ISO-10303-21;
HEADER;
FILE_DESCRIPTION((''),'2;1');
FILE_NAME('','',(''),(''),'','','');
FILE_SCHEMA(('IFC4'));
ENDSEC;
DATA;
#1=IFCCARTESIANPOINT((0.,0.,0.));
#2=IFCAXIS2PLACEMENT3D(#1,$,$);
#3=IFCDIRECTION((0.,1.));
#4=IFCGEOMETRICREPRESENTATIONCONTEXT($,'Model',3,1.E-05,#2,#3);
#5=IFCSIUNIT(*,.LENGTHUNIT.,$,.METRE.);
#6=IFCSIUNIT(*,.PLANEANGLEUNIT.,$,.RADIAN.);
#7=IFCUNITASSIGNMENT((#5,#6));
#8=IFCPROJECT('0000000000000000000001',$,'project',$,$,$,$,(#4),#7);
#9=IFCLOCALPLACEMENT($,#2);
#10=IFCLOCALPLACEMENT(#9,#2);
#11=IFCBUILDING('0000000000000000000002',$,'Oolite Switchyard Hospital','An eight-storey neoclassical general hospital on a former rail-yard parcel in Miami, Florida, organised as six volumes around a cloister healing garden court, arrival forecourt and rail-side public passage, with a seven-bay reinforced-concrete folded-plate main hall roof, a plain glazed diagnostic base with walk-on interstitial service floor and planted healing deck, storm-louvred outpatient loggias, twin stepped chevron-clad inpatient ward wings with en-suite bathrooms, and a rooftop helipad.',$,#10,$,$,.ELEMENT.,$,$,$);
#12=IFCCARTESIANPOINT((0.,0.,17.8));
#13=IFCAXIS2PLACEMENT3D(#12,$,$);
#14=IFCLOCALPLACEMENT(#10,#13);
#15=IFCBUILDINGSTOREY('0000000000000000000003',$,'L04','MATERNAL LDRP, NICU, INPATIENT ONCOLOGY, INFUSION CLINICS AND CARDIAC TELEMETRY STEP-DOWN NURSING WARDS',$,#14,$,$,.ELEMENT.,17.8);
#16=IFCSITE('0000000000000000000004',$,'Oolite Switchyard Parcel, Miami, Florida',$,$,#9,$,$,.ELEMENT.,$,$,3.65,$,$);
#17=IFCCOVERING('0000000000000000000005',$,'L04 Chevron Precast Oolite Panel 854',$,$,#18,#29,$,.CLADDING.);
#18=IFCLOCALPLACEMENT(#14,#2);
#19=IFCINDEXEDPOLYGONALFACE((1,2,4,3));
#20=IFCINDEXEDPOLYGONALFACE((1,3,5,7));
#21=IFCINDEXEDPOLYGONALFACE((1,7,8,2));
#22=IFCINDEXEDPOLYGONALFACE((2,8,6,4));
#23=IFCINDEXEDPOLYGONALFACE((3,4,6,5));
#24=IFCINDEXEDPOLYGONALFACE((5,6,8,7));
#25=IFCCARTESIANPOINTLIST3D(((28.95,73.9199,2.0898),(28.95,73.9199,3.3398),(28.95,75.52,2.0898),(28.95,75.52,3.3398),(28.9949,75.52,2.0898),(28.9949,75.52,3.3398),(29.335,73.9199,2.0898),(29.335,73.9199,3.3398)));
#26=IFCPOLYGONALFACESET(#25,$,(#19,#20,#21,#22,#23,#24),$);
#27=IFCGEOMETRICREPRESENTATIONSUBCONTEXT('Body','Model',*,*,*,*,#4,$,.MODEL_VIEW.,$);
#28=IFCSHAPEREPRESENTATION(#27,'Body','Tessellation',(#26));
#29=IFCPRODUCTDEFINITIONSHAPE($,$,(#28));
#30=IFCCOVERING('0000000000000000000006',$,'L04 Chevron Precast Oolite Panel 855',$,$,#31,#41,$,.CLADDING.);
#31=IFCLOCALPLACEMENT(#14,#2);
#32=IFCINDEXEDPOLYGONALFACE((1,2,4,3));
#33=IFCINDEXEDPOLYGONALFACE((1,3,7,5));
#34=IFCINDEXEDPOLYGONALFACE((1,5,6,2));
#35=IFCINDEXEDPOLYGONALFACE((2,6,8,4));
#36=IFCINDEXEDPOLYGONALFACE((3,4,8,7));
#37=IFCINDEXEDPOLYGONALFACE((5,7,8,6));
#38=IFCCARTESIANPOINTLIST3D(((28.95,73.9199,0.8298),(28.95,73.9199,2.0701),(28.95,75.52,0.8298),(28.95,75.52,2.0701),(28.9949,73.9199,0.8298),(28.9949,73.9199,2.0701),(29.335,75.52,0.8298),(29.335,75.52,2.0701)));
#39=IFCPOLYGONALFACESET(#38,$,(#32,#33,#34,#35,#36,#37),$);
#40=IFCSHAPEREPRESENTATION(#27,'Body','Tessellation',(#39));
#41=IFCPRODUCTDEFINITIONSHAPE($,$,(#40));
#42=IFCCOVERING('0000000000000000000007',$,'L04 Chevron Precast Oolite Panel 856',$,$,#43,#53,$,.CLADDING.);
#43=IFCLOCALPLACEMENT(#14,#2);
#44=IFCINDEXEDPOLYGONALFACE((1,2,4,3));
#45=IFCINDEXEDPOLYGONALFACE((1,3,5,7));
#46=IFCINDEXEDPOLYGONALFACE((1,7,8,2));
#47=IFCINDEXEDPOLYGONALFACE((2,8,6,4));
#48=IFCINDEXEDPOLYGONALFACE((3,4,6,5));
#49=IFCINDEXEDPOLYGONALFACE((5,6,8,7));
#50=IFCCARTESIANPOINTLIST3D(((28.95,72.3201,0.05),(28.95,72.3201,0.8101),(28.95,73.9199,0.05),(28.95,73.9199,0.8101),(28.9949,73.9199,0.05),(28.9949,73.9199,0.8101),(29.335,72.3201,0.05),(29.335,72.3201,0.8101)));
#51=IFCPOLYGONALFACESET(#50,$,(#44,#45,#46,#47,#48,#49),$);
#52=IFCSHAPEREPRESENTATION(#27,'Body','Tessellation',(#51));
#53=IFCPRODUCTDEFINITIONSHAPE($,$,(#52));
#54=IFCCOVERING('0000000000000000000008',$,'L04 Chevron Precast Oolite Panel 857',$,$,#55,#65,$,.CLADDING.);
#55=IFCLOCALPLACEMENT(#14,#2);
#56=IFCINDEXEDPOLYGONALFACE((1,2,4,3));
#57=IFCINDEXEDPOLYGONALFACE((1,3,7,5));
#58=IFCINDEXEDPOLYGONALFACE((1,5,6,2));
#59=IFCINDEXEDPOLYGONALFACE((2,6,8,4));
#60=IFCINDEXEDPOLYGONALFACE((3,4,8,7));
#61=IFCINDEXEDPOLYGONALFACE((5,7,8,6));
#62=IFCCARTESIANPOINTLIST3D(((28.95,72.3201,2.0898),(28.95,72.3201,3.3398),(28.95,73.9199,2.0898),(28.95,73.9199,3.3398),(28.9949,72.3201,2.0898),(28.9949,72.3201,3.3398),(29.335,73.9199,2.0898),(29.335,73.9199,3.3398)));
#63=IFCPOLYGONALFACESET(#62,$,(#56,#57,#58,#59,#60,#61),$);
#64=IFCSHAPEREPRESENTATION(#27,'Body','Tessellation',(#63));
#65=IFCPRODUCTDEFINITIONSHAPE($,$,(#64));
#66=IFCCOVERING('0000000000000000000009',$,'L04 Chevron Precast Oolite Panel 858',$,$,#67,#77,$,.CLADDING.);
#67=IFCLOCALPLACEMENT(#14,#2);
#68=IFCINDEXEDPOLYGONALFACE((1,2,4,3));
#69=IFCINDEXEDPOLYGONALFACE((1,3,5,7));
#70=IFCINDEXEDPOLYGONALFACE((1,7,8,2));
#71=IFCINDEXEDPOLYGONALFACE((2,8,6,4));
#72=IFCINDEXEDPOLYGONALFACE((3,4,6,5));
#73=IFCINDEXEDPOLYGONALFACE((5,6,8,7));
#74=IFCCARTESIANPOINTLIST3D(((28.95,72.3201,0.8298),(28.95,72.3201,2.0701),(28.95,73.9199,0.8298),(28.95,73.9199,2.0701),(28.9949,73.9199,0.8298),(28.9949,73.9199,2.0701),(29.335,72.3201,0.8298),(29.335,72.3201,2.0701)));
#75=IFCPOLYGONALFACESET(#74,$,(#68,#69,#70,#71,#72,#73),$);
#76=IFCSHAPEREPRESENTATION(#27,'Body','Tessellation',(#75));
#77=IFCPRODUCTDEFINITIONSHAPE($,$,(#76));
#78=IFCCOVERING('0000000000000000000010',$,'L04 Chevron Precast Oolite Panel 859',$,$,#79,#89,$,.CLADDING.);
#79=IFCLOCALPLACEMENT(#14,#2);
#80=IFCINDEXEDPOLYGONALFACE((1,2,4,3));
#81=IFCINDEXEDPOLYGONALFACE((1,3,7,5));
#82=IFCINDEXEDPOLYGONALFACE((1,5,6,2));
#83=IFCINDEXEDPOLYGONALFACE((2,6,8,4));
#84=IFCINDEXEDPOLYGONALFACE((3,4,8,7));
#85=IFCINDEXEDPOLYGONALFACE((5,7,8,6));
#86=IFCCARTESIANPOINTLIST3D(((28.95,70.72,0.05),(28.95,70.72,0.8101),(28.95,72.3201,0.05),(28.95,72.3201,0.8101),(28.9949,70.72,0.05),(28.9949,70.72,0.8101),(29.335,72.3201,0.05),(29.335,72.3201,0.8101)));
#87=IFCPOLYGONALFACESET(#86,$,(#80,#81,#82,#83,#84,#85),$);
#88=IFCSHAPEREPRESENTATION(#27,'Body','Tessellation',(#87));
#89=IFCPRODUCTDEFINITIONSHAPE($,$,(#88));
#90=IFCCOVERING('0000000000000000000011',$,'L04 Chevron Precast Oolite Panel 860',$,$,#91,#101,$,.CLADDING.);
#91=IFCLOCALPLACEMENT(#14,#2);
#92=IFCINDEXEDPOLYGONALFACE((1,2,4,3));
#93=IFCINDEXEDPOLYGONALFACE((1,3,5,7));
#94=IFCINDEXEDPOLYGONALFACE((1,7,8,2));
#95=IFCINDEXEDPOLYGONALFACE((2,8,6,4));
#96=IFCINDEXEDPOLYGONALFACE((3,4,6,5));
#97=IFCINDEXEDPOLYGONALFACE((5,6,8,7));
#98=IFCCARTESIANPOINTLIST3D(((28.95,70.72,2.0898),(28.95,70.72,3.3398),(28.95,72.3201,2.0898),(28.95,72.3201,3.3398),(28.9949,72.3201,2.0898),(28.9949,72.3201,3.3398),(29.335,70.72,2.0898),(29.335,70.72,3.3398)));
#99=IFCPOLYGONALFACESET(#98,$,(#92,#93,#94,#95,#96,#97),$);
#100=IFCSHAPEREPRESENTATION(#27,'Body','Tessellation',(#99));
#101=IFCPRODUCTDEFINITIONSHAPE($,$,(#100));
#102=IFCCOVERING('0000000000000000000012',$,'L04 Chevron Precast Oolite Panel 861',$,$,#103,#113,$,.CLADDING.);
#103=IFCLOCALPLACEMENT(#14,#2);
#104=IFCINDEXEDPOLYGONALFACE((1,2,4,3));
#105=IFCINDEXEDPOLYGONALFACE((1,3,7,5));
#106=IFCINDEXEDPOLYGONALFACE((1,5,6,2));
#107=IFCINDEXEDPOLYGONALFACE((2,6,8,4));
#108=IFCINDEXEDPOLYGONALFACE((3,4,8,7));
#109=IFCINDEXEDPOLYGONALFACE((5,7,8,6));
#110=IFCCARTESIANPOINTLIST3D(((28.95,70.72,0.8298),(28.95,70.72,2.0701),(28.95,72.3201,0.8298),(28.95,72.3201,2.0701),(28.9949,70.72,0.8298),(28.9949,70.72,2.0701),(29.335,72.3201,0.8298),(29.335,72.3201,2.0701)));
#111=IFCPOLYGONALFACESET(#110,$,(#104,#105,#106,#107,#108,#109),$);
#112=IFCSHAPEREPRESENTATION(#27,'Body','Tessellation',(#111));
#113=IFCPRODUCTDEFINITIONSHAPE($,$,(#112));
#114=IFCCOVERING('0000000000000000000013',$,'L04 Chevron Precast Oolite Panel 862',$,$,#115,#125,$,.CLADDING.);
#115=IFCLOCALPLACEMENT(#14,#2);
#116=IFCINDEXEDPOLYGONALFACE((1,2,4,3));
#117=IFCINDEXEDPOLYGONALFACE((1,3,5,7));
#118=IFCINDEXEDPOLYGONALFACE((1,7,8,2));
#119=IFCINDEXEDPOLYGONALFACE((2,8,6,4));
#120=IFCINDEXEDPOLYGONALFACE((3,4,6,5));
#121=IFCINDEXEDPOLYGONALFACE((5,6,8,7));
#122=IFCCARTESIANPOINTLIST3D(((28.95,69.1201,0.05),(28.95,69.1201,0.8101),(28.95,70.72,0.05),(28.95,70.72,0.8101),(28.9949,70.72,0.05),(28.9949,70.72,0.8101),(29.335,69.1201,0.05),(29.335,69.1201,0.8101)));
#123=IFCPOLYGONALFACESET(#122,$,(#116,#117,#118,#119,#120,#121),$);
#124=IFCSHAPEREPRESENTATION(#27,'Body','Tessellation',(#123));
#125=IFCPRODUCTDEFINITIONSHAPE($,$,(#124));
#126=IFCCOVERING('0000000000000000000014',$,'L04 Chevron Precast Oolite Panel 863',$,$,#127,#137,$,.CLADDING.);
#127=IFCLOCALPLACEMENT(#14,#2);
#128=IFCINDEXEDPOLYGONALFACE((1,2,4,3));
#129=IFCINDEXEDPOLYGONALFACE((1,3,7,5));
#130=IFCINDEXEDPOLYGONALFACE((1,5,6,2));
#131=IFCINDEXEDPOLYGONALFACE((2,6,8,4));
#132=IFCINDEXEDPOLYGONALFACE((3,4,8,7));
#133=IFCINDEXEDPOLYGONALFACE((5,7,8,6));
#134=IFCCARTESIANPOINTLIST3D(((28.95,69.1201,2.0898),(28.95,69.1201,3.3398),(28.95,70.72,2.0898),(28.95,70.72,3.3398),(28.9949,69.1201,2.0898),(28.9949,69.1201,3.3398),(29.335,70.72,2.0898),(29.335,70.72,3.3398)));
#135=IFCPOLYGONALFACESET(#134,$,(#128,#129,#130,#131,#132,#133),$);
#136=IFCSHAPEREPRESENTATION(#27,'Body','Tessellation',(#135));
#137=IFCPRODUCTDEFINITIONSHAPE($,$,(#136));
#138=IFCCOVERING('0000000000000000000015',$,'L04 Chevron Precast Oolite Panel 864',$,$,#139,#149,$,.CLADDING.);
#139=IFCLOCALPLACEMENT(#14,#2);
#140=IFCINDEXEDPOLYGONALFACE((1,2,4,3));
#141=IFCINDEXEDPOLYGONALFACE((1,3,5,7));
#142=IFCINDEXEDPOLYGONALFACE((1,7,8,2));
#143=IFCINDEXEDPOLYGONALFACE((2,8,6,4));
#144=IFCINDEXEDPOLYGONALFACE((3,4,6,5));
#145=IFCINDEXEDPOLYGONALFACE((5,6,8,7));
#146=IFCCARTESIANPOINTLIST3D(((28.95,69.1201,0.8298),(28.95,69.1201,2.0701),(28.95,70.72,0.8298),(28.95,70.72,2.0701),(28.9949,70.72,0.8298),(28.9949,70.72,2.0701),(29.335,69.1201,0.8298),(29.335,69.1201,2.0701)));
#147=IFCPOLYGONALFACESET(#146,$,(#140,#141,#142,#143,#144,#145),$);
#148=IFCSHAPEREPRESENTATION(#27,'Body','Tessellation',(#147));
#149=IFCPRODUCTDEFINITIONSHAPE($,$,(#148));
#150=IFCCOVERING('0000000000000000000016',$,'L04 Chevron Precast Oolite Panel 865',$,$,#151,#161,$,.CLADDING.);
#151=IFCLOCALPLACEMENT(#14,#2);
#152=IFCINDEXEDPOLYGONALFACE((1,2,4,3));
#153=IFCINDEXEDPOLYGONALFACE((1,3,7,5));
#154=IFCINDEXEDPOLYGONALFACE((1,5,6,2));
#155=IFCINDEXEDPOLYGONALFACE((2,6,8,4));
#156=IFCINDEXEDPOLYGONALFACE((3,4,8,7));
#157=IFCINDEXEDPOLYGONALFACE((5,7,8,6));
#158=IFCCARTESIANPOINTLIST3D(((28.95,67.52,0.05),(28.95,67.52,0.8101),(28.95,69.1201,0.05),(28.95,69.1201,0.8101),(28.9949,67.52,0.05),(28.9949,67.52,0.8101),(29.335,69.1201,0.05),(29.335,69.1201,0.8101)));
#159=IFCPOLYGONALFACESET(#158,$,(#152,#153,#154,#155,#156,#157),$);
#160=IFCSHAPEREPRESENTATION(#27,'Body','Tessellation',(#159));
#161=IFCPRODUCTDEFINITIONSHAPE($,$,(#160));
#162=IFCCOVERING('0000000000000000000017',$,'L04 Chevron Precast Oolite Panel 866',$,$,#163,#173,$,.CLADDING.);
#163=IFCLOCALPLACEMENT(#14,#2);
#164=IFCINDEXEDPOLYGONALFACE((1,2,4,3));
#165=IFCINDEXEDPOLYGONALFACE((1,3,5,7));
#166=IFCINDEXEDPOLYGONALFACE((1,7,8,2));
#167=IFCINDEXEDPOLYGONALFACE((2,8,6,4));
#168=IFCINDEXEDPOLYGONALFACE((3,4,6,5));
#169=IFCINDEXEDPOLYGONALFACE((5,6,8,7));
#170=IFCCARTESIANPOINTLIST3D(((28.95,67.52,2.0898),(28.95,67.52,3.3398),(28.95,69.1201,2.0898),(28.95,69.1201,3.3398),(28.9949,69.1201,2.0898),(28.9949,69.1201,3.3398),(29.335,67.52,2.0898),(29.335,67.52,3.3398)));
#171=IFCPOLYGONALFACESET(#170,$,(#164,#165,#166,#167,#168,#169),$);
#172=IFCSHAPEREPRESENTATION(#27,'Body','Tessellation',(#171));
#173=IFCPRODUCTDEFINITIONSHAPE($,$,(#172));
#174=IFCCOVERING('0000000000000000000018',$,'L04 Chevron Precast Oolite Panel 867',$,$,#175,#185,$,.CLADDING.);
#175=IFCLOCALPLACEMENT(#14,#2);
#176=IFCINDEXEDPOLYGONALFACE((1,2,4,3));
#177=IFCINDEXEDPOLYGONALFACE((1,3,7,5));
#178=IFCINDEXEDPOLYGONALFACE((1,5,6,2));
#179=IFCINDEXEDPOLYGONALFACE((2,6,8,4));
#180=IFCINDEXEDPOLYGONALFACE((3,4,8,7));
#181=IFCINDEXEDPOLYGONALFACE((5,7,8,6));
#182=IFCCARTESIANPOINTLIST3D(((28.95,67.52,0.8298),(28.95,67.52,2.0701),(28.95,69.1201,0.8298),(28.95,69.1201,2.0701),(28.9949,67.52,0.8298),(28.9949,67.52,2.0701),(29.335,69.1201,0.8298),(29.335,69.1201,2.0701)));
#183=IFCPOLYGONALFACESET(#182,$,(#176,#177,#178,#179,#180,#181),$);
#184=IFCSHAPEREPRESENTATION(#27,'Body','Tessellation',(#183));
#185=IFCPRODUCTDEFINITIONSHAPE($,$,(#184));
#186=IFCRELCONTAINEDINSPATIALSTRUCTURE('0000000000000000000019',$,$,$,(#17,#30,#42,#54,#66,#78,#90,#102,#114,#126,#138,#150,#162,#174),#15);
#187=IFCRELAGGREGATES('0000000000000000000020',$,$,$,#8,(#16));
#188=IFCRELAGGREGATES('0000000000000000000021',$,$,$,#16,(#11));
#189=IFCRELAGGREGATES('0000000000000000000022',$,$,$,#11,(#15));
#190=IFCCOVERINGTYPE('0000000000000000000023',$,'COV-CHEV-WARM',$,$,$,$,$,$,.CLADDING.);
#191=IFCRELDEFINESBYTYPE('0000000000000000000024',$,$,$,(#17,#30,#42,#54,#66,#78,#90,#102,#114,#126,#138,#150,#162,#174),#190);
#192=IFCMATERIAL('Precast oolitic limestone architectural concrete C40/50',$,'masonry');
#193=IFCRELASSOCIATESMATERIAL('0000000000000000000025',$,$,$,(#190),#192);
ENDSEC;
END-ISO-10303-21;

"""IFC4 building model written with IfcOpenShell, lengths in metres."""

from ifc_helpers import new_model, si_unit, direction, frame, origin, place, context, subcontext, project, spatial, polyline, outline, extrude, material, type_object, element, save


model = new_model("IFC4")

# Units and contexts
model_context = context("Model", 3, precision=1e-05, world=origin(), true_north=direction((0.0, 1.0)))
body_context = subcontext(model_context, "Body", "Model", "MODEL_VIEW")
ifc_project = project(units=[si_unit("LENGTHUNIT", "METRE"), si_unit("PLANEANGLEUNIT", "RADIAN")], contexts=[model_context])

# Site, building, storey
site_placement = place(None, origin())
site = spatial("IfcSite", under=ifc_project, at=site_placement, Name="Oolite Switchyard Parcel, Miami, Florida", CompositionType="ELEMENT", RefElevation=3.65)
building_placement = place(site_placement, origin())
building = spatial("IfcBuilding", under=site, at=building_placement, Name="Oolite Switchyard Hospital", Description="An eight-storey neoclassical general hospital on a former rail-yard parcel in Miami, Florida, organised as six volumes around a cloister healing garden court, arrival forecourt and rail-side public passage, with a seven-bay reinforced-concrete folded-plate main hall roof, a plain glazed diagnostic base with walk-on interstitial service floor and planted healing deck, storm-louvred outpatient loggias, twin stepped chevron-clad inpatient ward wings with en-suite bathrooms, and a rooftop helipad.", CompositionType="ELEMENT")
storey_placement = place(building_placement, frame((0.0, 0.0, 17.8)))
storey = spatial("IfcBuildingStorey", under=building, at=storey_placement, Name="L04", Description="MATERNAL LDRP, NICU, INPATIENT ONCOLOGY, INFUSION CLINICS AND CARDIAC TELEMETRY STEP-DOWN NURSING WARDS", CompositionType="ELEMENT", Elevation=17.8)

# Shared definitions
ifc_material_1 = material(Name="Precast oolitic limestone architectural concrete C40/50", Category="masonry")

# Coverings
covering_type = type_object("IfcCoveringType", Name="COV-CHEV-WARM", PredefinedType="CLADDING", material=ifc_material_1)
covering_1_placement = place(storey_placement, frame((28.95, 75.52, 2.0898), z_axis=(0.0, 0.0, 1.0), x_axis=(0.0, -1.0, 0.0)))
element("IfcCovering", 1, at=covering_1_placement, inside=storey, type_object=covering_type, Name="L04 Chevron Precast Oolite Panel 854", PredefinedType="CLADDING", context=body_context, shape_type="SweptSolid", body=[
    extrude(outline(polyline([(0.0, 0.0), (1.6001, 0.0), (1.6001, 0.385), (0.0, 0.0449), (0.0, 0.0)])), origin(), (0.0, 0.0, 1.0), 1.25),
])
covering_2_placement = place(storey_placement, frame((28.95, 75.52, 0.8298), z_axis=(0.0, 0.0, 1.0), x_axis=(0.0, -1.0, 0.0)))
element("IfcCovering", 2, at=covering_2_placement, inside=storey, type_object=covering_type, Name="L04 Chevron Precast Oolite Panel 855", PredefinedType="CLADDING", context=body_context, shape_type="SweptSolid", body=[
    extrude(outline(polyline([(0.0, 0.0), (1.6001, 0.0), (1.6001, 0.0449), (0.0, 0.385), (0.0, 0.0)])), origin(), (0.0, 0.0, 1.0), 1.2402),
])
covering_3_placement = place(storey_placement, frame((28.95, 73.9199, 0.05), z_axis=(0.0, 0.0, 1.0), x_axis=(0.0, -1.0, 0.0)))
element("IfcCovering", 3, at=covering_3_placement, inside=storey, type_object=covering_type, Name="L04 Chevron Precast Oolite Panel 856", PredefinedType="CLADDING", context=body_context, shape_type="SweptSolid", body=[
    extrude(outline(polyline([(0.0, 0.0), (1.5999, 0.0), (1.5999, 0.385), (0.0, 0.0449), (0.0, 0.0)])), origin(), (0.0, 0.0, 1.0), 0.76),
])
covering_4_placement = place(storey_placement, frame((28.95, 73.9199, 2.0898), z_axis=(0.0, 0.0, 1.0), x_axis=(0.0, -1.0, 0.0)))
element("IfcCovering", 4, at=covering_4_placement, inside=storey, type_object=covering_type, Name="L04 Chevron Precast Oolite Panel 857", PredefinedType="CLADDING", context=body_context, shape_type="SweptSolid", body=[
    extrude(outline(polyline([(0.0, 0.0), (1.5999, 0.0), (1.5999, 0.0449), (0.0, 0.385), (0.0, 0.0)])), origin(), (0.0, 0.0, 1.0), 1.25),
])
covering_5_placement = place(storey_placement, frame((28.95, 73.9199, 0.8298), z_axis=(0.0, 0.0, 1.0), x_axis=(0.0, -1.0, 0.0)))
element("IfcCovering", 5, at=covering_5_placement, inside=storey, type_object=covering_type, Name="L04 Chevron Precast Oolite Panel 858", PredefinedType="CLADDING", context=body_context, shape_type="SweptSolid", body=[
    extrude(outline(polyline([(0.0, 0.0), (1.5999, 0.0), (1.5999, 0.385), (0.0, 0.0449), (0.0, 0.0)])), origin(), (0.0, 0.0, 1.0), 1.2402),
])
covering_6_placement = place(storey_placement, frame((28.95, 72.3201, 0.05), z_axis=(0.0, 0.0, 1.0), x_axis=(0.0, -1.0, 0.0)))
element("IfcCovering", 6, at=covering_6_placement, inside=storey, type_object=covering_type, Name="L04 Chevron Precast Oolite Panel 859", PredefinedType="CLADDING", context=body_context, shape_type="SweptSolid", body=[
    extrude(outline(polyline([(0.0, 0.0), (1.6001, 0.0), (1.6001, 0.0449), (0.0, 0.385), (0.0, 0.0)])), origin(), (0.0, 0.0, 1.0), 0.76),
])
covering_7_placement = place(storey_placement, frame((28.95, 72.3201, 2.0898), z_axis=(0.0, 0.0, 1.0), x_axis=(0.0, -1.0, 0.0)))
element("IfcCovering", 7, at=covering_7_placement, inside=storey, type_object=covering_type, Name="L04 Chevron Precast Oolite Panel 860", PredefinedType="CLADDING", context=body_context, shape_type="SweptSolid", body=[
    extrude(outline(polyline([(0.0, 0.0), (1.6001, 0.0), (1.6001, 0.385), (0.0, 0.0449), (0.0, 0.0)])), origin(), (0.0, 0.0, 1.0), 1.25),
])
covering_8_placement = place(storey_placement, frame((28.95, 72.3201, 0.8298), z_axis=(0.0, 0.0, 1.0), x_axis=(0.0, -1.0, 0.0)))
element("IfcCovering", 8, at=covering_8_placement, inside=storey, type_object=covering_type, Name="L04 Chevron Precast Oolite Panel 861", PredefinedType="CLADDING", context=body_context, shape_type="SweptSolid", body=[
    extrude(outline(polyline([(0.0, 0.0), (1.6001, 0.0), (1.6001, 0.0449), (0.0, 0.385), (0.0, 0.0)])), origin(), (0.0, 0.0, 1.0), 1.2402),
])
covering_9_placement = place(storey_placement, frame((28.95, 70.72, 0.05), z_axis=(0.0, 0.0, 1.0), x_axis=(0.0, -1.0, 0.0)))
element("IfcCovering", 9, at=covering_9_placement, inside=storey, type_object=covering_type, Name="L04 Chevron Precast Oolite Panel 862", PredefinedType="CLADDING", context=body_context, shape_type="SweptSolid", body=[
    extrude(outline(polyline([(0.0, 0.0), (1.5999, 0.0), (1.5999, 0.385), (0.0, 0.0449), (0.0, 0.0)])), origin(), (0.0, 0.0, 1.0), 0.76),
])
covering_10_placement = place(storey_placement, frame((28.95, 70.72, 2.0898), z_axis=(0.0, 0.0, 1.0), x_axis=(0.0, -1.0, 0.0)))
element("IfcCovering", 10, at=covering_10_placement, inside=storey, type_object=covering_type, Name="L04 Chevron Precast Oolite Panel 863", PredefinedType="CLADDING", context=body_context, shape_type="SweptSolid", body=[
    extrude(outline(polyline([(0.0, 0.0), (1.5999, 0.0), (1.5999, 0.0449), (0.0, 0.385), (0.0, 0.0)])), origin(), (0.0, 0.0, 1.0), 1.25),
])
covering_11_placement = place(storey_placement, frame((28.95, 70.72, 0.8298), z_axis=(0.0, 0.0, 1.0), x_axis=(0.0, -1.0, 0.0)))
element("IfcCovering", 11, at=covering_11_placement, inside=storey, type_object=covering_type, Name="L04 Chevron Precast Oolite Panel 864", PredefinedType="CLADDING", context=body_context, shape_type="SweptSolid", body=[
    extrude(outline(polyline([(0.0, 0.0), (1.5999, 0.0), (1.5999, 0.385), (0.0, 0.0449), (0.0, 0.0)])), origin(), (0.0, 0.0, 1.0), 1.2402),
])
covering_12_placement = place(storey_placement, frame((28.95, 69.1201, 0.05), z_axis=(0.0, 0.0, 1.0), x_axis=(0.0, -1.0, 0.0)))
element("IfcCovering", 12, at=covering_12_placement, inside=storey, type_object=covering_type, Name="L04 Chevron Precast Oolite Panel 865", PredefinedType="CLADDING", context=body_context, shape_type="SweptSolid", body=[
    extrude(outline(polyline([(0.0, 0.0), (1.6001, 0.0), (1.6001, 0.0449), (0.0, 0.385), (0.0, 0.0)])), origin(), (0.0, 0.0, 1.0), 0.76),
])
covering_13_placement = place(storey_placement, frame((28.95, 69.1201, 2.0898), z_axis=(0.0, 0.0, 1.0), x_axis=(0.0, -1.0, 0.0)))
element("IfcCovering", 13, at=covering_13_placement, inside=storey, type_object=covering_type, Name="L04 Chevron Precast Oolite Panel 866", PredefinedType="CLADDING", context=body_context, shape_type="SweptSolid", body=[
    extrude(outline(polyline([(0.0, 0.0), (1.6001, 0.0), (1.6001, 0.385), (0.0, 0.0449), (0.0, 0.0)])), origin(), (0.0, 0.0, 1.0), 1.25),
])
covering_14_placement = place(storey_placement, frame((28.95, 69.1201, 0.8298), z_axis=(0.0, 0.0, 1.0), x_axis=(0.0, -1.0, 0.0)))
element("IfcCovering", 14, at=covering_14_placement, inside=storey, type_object=covering_type, Name="L04 Chevron Precast Oolite Panel 867", PredefinedType="CLADDING", context=body_context, shape_type="SweptSolid", body=[
    extrude(outline(polyline([(0.0, 0.0), (1.6001, 0.0), (1.6001, 0.0449), (0.0, 0.385), (0.0, 0.0)])), origin(), (0.0, 0.0, 1.0), 1.2402),
])

save(model, "model.ifc")
